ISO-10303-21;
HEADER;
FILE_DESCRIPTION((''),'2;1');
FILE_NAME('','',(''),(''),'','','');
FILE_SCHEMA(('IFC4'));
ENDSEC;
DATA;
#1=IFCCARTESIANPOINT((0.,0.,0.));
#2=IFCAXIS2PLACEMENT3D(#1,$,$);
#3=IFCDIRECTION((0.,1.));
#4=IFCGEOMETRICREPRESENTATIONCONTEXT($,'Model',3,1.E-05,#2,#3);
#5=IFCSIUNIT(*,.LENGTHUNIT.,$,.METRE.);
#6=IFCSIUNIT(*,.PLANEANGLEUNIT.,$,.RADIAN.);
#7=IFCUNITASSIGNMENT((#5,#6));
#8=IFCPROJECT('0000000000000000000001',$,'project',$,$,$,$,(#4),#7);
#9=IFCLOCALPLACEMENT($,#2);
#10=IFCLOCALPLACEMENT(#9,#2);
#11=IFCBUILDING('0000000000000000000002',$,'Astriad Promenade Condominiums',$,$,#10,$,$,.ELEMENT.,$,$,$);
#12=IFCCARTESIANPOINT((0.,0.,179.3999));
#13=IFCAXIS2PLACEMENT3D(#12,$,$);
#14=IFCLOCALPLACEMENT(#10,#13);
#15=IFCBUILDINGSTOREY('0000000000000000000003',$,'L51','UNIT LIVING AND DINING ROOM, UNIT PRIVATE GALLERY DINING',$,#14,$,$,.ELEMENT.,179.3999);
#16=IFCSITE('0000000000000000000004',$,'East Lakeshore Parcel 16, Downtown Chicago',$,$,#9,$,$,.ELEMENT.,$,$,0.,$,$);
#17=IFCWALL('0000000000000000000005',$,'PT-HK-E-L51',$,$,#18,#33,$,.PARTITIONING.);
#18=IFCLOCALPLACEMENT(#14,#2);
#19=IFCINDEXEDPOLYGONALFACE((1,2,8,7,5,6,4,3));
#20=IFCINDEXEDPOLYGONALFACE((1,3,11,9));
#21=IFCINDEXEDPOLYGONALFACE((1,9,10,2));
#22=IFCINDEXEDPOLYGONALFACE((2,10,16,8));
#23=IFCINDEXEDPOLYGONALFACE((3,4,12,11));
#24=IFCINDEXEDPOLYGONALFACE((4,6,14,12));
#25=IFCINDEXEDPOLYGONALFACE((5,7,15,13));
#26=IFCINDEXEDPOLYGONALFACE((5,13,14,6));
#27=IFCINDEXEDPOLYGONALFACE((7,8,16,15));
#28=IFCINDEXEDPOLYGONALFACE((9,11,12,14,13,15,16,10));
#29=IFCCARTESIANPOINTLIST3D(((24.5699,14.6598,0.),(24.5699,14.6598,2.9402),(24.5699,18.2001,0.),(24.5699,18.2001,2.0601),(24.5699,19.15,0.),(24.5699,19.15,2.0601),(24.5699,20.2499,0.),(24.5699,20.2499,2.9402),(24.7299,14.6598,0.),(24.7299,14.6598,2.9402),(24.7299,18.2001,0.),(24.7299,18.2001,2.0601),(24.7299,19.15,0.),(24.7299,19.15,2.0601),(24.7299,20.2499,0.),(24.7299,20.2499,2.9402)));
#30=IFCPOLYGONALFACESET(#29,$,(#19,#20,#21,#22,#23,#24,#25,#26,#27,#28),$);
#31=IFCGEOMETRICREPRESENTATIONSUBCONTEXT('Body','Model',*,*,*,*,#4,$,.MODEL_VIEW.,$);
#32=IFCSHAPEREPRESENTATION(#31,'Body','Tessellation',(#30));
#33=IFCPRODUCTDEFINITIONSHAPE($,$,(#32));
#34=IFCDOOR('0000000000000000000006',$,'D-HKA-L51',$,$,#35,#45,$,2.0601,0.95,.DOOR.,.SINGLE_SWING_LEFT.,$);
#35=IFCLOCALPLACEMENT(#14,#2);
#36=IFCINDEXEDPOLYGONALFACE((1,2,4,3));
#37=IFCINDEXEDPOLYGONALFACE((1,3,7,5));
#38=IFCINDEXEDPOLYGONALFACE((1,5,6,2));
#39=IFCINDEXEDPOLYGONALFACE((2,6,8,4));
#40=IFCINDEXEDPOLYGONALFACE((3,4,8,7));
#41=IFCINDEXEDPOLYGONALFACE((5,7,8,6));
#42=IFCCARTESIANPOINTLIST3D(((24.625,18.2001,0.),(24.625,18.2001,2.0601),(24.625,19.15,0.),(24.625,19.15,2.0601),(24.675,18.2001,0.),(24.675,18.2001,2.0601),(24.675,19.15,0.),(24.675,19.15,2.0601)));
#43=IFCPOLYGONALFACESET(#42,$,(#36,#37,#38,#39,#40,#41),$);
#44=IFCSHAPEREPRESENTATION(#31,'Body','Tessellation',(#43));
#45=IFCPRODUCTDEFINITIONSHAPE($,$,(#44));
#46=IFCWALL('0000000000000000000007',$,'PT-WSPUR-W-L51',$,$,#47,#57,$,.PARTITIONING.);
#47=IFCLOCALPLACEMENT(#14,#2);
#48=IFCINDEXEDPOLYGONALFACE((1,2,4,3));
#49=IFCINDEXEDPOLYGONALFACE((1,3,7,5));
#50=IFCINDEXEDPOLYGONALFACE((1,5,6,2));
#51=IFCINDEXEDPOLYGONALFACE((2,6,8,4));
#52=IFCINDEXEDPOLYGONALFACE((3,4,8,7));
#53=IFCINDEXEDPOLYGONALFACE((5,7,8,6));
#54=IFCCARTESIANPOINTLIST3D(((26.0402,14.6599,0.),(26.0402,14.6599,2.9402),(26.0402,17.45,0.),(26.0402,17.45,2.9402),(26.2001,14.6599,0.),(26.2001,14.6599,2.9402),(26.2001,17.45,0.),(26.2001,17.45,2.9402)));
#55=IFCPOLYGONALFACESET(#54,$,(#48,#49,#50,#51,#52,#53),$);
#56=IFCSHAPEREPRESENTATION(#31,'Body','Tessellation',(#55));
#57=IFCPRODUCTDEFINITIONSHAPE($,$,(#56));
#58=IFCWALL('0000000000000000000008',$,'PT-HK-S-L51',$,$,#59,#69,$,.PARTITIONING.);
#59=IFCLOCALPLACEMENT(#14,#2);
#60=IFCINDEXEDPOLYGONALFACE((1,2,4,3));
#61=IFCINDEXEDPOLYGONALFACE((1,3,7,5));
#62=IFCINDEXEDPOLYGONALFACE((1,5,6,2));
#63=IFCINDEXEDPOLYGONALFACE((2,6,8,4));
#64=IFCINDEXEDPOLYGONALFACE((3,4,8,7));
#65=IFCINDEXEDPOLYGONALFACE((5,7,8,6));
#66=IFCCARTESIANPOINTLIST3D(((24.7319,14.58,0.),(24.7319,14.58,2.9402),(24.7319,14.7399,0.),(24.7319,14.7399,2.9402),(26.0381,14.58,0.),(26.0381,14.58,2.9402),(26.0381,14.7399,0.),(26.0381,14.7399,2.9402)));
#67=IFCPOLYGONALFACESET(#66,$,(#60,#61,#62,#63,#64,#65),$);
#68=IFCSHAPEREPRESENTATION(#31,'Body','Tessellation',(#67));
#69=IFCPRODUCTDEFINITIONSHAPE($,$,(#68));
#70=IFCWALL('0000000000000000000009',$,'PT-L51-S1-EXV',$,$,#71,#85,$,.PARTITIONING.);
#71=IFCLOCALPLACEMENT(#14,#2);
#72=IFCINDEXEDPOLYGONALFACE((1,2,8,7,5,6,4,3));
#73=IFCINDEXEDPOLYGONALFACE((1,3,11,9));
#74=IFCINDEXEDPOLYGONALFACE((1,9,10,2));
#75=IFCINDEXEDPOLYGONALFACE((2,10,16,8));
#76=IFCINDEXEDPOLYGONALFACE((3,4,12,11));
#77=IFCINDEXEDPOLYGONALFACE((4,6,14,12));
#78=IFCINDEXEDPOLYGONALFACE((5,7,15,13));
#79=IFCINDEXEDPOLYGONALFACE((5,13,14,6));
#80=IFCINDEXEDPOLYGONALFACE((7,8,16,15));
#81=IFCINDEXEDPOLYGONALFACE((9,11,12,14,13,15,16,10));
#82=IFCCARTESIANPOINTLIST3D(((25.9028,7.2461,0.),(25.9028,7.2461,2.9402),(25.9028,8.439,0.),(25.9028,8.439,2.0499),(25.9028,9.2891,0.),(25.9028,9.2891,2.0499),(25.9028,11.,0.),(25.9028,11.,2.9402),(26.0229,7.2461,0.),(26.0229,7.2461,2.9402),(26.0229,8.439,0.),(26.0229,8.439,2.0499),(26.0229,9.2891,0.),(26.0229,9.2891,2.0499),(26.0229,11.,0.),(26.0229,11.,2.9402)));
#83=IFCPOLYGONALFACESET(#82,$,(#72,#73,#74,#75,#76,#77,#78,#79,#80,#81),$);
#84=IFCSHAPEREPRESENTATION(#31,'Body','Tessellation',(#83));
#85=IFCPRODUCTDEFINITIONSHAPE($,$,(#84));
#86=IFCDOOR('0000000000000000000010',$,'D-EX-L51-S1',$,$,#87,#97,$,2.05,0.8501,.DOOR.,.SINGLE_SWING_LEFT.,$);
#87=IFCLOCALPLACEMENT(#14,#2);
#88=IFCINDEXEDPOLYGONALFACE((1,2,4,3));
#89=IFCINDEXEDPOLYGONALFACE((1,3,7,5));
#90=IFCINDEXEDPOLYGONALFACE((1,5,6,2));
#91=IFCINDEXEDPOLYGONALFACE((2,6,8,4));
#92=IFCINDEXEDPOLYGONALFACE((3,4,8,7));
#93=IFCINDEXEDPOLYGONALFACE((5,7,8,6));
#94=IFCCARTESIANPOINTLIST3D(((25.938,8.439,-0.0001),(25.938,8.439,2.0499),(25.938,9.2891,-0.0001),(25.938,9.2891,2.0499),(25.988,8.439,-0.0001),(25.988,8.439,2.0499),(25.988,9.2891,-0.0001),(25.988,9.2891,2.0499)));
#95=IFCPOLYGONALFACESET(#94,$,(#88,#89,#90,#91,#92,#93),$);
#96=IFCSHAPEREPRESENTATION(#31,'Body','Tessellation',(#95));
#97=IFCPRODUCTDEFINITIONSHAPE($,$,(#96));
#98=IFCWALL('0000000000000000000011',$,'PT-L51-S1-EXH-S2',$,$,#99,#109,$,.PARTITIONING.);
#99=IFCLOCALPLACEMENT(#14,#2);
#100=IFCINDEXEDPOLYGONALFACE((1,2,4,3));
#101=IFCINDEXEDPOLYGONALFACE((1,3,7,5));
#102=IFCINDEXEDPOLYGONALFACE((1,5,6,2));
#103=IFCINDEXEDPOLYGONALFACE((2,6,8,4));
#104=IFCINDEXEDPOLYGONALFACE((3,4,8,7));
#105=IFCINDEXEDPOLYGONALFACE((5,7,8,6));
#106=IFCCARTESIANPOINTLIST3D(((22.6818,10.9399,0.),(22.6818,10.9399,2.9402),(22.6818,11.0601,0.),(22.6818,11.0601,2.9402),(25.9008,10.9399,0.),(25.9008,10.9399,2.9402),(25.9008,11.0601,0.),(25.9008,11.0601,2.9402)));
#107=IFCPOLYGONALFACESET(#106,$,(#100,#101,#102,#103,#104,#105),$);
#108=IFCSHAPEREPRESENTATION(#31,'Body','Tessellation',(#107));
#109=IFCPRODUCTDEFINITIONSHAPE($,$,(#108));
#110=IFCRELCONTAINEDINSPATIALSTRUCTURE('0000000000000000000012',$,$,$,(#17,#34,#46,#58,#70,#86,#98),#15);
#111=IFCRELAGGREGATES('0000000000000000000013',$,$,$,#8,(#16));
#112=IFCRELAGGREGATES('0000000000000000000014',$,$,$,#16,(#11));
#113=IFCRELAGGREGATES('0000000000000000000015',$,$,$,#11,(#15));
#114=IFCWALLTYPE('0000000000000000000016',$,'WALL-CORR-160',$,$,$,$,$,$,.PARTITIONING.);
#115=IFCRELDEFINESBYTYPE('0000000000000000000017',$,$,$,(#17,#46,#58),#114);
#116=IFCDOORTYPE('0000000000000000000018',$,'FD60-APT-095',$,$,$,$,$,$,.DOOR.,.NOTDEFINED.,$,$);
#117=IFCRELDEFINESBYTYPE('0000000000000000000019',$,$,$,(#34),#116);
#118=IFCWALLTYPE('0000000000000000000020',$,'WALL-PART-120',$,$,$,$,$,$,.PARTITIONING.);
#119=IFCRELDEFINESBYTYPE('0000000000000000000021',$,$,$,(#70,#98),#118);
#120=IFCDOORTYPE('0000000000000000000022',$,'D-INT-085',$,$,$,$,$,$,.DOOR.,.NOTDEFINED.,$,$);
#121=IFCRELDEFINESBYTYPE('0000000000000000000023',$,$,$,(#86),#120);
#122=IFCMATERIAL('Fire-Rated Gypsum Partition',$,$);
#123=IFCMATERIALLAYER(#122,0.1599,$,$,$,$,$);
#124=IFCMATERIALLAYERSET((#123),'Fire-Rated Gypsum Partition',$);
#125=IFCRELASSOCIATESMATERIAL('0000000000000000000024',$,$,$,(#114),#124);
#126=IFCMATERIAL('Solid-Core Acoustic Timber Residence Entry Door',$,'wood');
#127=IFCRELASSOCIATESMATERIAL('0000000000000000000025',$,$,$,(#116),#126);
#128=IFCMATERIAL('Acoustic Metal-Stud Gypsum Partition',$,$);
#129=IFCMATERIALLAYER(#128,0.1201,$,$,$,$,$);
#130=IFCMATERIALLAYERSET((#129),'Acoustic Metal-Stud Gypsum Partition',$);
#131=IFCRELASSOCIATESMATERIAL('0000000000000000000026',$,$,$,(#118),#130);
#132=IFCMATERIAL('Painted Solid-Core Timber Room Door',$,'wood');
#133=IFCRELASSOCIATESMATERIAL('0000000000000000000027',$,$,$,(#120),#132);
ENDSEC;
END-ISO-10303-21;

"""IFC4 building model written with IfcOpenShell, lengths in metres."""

from ifc_helpers import new_model, si_unit, direction, frame, frame_2d, origin, place, context, subcontext, project, spatial, rectangle, extrude, source, transform, mapped, material, layer, layer_set, type_object, type_shapes, element, fill, save


model = new_model("IFC4")

# Units and contexts
model_context = context("Model", 3, precision=1e-05, world=origin(), true_north=direction((0.0, 1.0)))
body_context = subcontext(model_context, "Body", "Model", "MODEL_VIEW")
ifc_project = project(units=[si_unit("LENGTHUNIT", "METRE"), si_unit("PLANEANGLEUNIT", "RADIAN")], contexts=[model_context])

# Site, building, storey
site_placement = place(None, origin())
site = spatial("IfcSite", under=ifc_project, at=site_placement, Name="East Lakeshore Parcel 16, Downtown Chicago", CompositionType="ELEMENT", RefElevation=0.0)
building_placement = place(site_placement, origin())
building = spatial("IfcBuilding", under=site, at=building_placement, Name="Astriad Promenade Condominiums", CompositionType="ELEMENT")
storey_placement = place(building_placement, frame((0.0, 0.0, 179.3999)))
storey = spatial("IfcBuildingStorey", under=building, at=storey_placement, Name="L51", Description="UNIT LIVING AND DINING ROOM, UNIT PRIVATE GALLERY DINING", CompositionType="ELEMENT", Elevation=179.3999)

# Shared definitions
ifc_material_1 = material(Name="Fire-Rated Gypsum Partition")
ifc_layer_1 = layer(ifc_material_1, 0.1599)
ifc_layer_set_1 = layer_set([ifc_layer_1], Name="Fire-Rated Gypsum Partition")
wall_type_1 = type_object("IfcWallType", Name="WALL-CORR-160", PredefinedType="PARTITIONING", material=ifc_layer_set_1)

# Shared definitions
ifc_material_2 = material(Name="Solid-Core Acoustic Timber Residence Entry Door", Category="wood")
door_type_1 = type_object("IfcDoorType", Name="FD60-APT-095", OperationType="NOTDEFINED", PredefinedType="DOOR", material=ifc_material_2)
shared_shape_1 = source(origin(), body_context, "Body", "SweptSolid", [
    extrude(rectangle(XDim=0.95, YDim=2.0601, at=frame_2d((0.4751, 1.03))), frame((0.0, 0.0249, 0.0), z_axis=(0.0, -1.0, 0.0), x_axis=(1.0, 0.0, 0.0)), (0.0, 0.0, 1.0), 0.05),
])
type_shapes(door_type_1, [shared_shape_1])

# Wall, opening, door
wall_1_placement = place(storey_placement, frame((24.6499, 14.6599, 0.0), z_axis=(0.0, 0.0, 1.0), x_axis=(0.0, 1.0, 0.0)))
wall_1 = element("IfcWall", 1, at=wall_1_placement, inside=storey, type_object=wall_type_1, Name="PT-HK-E-L51", PredefinedType="PARTITIONING", context=body_context, shape_type="SweptSolid", body=[
    extrude(rectangle(XDim=5.5901, YDim=0.1599, at=frame_2d((2.7949, 0.0))), origin(), (0.0, 0.0, 1.0), 2.9402),
])
opening_1_placement = place(wall_1_placement, frame((3.54, 0.0, 0.0)))
opening_1 = element("IfcOpeningElement", 2, at=opening_1_placement, cuts=wall_1, PredefinedType="OPENING", context=body_context, shape_type="SweptSolid", body=[
    extrude(rectangle(XDim=0.95, YDim=2.0601, at=frame_2d((0.4751, 1.03))), frame((0.0, 0.0898, 0.0), z_axis=(0.0, -1.0, 0.0), x_axis=(1.0, 0.0, 0.0)), (0.0, 0.0, 1.0), 0.1799),
])
door_1_placement = place(opening_1_placement, origin())
door_1 = element("IfcDoor", 3, at=door_1_placement, inside=storey, type_object=door_type_1, Name="D-HKA-L51", OperationType="SINGLE_SWING_LEFT", OverallHeight=2.0601, OverallWidth=0.95, PredefinedType="DOOR", context=body_context, shape_type="MappedRepresentation", body=[
    mapped(shared_shape_1, transform((0.0, 0.0, 0.0), scale=1.0)),
])
fill(opening_1, door_1)

# Walls
wall_2_placement = place(storey_placement, frame((26.1201, 14.6599, 0.0), z_axis=(0.0, 0.0, 1.0), x_axis=(0.0, 1.0, 0.0)))
element("IfcWall", 4, at=wall_2_placement, inside=storey, type_object=wall_type_1, Name="PT-WSPUR-W-L51", PredefinedType="PARTITIONING", context=body_context, shape_type="SweptSolid", body=[
    extrude(rectangle(XDim=2.79, YDim=0.1599, at=frame_2d((1.395, 0.0))), origin(), (0.0, 0.0, 1.0), 2.9402),
])
wall_3_placement = place(storey_placement, frame((24.7319, 14.6599, 0.0), z_axis=(0.0, 0.0, 1.0), x_axis=(1.0, 0.0, 0.0)))
element("IfcWall", 5, at=wall_3_placement, inside=storey, type_object=wall_type_1, Name="PT-HK-S-L51", PredefinedType="PARTITIONING", context=body_context, shape_type="SweptSolid", body=[
    extrude(rectangle(XDim=1.3062, YDim=0.1599, at=frame_2d((0.6531, 0.0))), origin(), (0.0, 0.0, 1.0), 2.9402),
])

# Wall, opening, door
ifc_material_3 = material(Name="Acoustic Metal-Stud Gypsum Partition")
ifc_layer_2 = layer(ifc_material_3, 0.1201)
ifc_layer_set_2 = layer_set([ifc_layer_2], Name="Acoustic Metal-Stud Gypsum Partition")
wall_type_2 = type_object("IfcWallType", Name="WALL-PART-120", PredefinedType="PARTITIONING", material=ifc_layer_set_2)
wall_4_placement = place(storey_placement, frame((25.9629, 7.2461, 0.0), z_axis=(0.0, 0.0, 1.0), x_axis=(0.0, 1.0, 0.0)))
wall_4 = element("IfcWall", 6, at=wall_4_placement, inside=storey, type_object=wall_type_2, Name="PT-L51-S1-EXV", PredefinedType="PARTITIONING", context=body_context, shape_type="SweptSolid", body=[
    extrude(rectangle(XDim=3.7539, YDim=0.1201, at=frame_2d((1.877, 0.0))), origin(), (0.0, 0.0, 1.0), 2.9402),
])
opening_2_placement = place(wall_4_placement, frame((1.1929, 0.0, 0.0)))
opening_2 = element("IfcOpeningElement", 7, at=opening_2_placement, cuts=wall_4, PredefinedType="OPENING", context=body_context, shape_type="SweptSolid", body=[
    extrude(rectangle(XDim=0.8501, YDim=2.05, at=frame_2d((0.425, 1.0249))), frame((0.0, 0.0701, 0.0), z_axis=(0.0, -1.0, 0.0), x_axis=(1.0, 0.0, 0.0)), (0.0, 0.0, 1.0), 0.1401),
])
ifc_material_4 = material(Name="Painted Solid-Core Timber Room Door", Category="wood")
door_type_2 = type_object("IfcDoorType", Name="D-INT-085", OperationType="NOTDEFINED", PredefinedType="DOOR", material=ifc_material_4)
shared_shape_2 = source(origin(), body_context, "Body", "SweptSolid", [
    extrude(rectangle(XDim=0.8501, YDim=2.05, at=frame_2d((0.425, 1.0249))), frame((0.0, 0.0249, 0.0), z_axis=(0.0, -1.0, 0.0), x_axis=(1.0, 0.0, 0.0)), (0.0, 0.0, 1.0), 0.05),
])
type_shapes(door_type_2, [shared_shape_2])
door_2_placement = place(opening_2_placement, origin())
door_2 = element("IfcDoor", 8, at=door_2_placement, inside=storey, type_object=door_type_2, Name="D-EX-L51-S1", OperationType="SINGLE_SWING_LEFT", OverallHeight=2.05, OverallWidth=0.8501, PredefinedType="DOOR", context=body_context, shape_type="MappedRepresentation", body=[
    mapped(shared_shape_2, transform((0.0, 0.0, 0.0), scale=1.0)),
])
fill(opening_2, door_2)

# Wall
wall_5_placement = place(storey_placement, frame((22.6819, 11.0, 0.0), z_axis=(0.0, 0.0, 1.0), x_axis=(1.0, 0.0, 0.0)))
element("IfcWall", 9, at=wall_5_placement, inside=storey, type_object=wall_type_2, Name="PT-L51-S1-EXH-S2", PredefinedType="PARTITIONING", context=body_context, shape_type="SweptSolid", body=[
    extrude(rectangle(XDim=3.219, YDim=0.1201, at=frame_2d((1.6094, 0.0))), origin(), (0.0, 0.0, 1.0), 2.9402),
])

save(model, "model.ifc")
